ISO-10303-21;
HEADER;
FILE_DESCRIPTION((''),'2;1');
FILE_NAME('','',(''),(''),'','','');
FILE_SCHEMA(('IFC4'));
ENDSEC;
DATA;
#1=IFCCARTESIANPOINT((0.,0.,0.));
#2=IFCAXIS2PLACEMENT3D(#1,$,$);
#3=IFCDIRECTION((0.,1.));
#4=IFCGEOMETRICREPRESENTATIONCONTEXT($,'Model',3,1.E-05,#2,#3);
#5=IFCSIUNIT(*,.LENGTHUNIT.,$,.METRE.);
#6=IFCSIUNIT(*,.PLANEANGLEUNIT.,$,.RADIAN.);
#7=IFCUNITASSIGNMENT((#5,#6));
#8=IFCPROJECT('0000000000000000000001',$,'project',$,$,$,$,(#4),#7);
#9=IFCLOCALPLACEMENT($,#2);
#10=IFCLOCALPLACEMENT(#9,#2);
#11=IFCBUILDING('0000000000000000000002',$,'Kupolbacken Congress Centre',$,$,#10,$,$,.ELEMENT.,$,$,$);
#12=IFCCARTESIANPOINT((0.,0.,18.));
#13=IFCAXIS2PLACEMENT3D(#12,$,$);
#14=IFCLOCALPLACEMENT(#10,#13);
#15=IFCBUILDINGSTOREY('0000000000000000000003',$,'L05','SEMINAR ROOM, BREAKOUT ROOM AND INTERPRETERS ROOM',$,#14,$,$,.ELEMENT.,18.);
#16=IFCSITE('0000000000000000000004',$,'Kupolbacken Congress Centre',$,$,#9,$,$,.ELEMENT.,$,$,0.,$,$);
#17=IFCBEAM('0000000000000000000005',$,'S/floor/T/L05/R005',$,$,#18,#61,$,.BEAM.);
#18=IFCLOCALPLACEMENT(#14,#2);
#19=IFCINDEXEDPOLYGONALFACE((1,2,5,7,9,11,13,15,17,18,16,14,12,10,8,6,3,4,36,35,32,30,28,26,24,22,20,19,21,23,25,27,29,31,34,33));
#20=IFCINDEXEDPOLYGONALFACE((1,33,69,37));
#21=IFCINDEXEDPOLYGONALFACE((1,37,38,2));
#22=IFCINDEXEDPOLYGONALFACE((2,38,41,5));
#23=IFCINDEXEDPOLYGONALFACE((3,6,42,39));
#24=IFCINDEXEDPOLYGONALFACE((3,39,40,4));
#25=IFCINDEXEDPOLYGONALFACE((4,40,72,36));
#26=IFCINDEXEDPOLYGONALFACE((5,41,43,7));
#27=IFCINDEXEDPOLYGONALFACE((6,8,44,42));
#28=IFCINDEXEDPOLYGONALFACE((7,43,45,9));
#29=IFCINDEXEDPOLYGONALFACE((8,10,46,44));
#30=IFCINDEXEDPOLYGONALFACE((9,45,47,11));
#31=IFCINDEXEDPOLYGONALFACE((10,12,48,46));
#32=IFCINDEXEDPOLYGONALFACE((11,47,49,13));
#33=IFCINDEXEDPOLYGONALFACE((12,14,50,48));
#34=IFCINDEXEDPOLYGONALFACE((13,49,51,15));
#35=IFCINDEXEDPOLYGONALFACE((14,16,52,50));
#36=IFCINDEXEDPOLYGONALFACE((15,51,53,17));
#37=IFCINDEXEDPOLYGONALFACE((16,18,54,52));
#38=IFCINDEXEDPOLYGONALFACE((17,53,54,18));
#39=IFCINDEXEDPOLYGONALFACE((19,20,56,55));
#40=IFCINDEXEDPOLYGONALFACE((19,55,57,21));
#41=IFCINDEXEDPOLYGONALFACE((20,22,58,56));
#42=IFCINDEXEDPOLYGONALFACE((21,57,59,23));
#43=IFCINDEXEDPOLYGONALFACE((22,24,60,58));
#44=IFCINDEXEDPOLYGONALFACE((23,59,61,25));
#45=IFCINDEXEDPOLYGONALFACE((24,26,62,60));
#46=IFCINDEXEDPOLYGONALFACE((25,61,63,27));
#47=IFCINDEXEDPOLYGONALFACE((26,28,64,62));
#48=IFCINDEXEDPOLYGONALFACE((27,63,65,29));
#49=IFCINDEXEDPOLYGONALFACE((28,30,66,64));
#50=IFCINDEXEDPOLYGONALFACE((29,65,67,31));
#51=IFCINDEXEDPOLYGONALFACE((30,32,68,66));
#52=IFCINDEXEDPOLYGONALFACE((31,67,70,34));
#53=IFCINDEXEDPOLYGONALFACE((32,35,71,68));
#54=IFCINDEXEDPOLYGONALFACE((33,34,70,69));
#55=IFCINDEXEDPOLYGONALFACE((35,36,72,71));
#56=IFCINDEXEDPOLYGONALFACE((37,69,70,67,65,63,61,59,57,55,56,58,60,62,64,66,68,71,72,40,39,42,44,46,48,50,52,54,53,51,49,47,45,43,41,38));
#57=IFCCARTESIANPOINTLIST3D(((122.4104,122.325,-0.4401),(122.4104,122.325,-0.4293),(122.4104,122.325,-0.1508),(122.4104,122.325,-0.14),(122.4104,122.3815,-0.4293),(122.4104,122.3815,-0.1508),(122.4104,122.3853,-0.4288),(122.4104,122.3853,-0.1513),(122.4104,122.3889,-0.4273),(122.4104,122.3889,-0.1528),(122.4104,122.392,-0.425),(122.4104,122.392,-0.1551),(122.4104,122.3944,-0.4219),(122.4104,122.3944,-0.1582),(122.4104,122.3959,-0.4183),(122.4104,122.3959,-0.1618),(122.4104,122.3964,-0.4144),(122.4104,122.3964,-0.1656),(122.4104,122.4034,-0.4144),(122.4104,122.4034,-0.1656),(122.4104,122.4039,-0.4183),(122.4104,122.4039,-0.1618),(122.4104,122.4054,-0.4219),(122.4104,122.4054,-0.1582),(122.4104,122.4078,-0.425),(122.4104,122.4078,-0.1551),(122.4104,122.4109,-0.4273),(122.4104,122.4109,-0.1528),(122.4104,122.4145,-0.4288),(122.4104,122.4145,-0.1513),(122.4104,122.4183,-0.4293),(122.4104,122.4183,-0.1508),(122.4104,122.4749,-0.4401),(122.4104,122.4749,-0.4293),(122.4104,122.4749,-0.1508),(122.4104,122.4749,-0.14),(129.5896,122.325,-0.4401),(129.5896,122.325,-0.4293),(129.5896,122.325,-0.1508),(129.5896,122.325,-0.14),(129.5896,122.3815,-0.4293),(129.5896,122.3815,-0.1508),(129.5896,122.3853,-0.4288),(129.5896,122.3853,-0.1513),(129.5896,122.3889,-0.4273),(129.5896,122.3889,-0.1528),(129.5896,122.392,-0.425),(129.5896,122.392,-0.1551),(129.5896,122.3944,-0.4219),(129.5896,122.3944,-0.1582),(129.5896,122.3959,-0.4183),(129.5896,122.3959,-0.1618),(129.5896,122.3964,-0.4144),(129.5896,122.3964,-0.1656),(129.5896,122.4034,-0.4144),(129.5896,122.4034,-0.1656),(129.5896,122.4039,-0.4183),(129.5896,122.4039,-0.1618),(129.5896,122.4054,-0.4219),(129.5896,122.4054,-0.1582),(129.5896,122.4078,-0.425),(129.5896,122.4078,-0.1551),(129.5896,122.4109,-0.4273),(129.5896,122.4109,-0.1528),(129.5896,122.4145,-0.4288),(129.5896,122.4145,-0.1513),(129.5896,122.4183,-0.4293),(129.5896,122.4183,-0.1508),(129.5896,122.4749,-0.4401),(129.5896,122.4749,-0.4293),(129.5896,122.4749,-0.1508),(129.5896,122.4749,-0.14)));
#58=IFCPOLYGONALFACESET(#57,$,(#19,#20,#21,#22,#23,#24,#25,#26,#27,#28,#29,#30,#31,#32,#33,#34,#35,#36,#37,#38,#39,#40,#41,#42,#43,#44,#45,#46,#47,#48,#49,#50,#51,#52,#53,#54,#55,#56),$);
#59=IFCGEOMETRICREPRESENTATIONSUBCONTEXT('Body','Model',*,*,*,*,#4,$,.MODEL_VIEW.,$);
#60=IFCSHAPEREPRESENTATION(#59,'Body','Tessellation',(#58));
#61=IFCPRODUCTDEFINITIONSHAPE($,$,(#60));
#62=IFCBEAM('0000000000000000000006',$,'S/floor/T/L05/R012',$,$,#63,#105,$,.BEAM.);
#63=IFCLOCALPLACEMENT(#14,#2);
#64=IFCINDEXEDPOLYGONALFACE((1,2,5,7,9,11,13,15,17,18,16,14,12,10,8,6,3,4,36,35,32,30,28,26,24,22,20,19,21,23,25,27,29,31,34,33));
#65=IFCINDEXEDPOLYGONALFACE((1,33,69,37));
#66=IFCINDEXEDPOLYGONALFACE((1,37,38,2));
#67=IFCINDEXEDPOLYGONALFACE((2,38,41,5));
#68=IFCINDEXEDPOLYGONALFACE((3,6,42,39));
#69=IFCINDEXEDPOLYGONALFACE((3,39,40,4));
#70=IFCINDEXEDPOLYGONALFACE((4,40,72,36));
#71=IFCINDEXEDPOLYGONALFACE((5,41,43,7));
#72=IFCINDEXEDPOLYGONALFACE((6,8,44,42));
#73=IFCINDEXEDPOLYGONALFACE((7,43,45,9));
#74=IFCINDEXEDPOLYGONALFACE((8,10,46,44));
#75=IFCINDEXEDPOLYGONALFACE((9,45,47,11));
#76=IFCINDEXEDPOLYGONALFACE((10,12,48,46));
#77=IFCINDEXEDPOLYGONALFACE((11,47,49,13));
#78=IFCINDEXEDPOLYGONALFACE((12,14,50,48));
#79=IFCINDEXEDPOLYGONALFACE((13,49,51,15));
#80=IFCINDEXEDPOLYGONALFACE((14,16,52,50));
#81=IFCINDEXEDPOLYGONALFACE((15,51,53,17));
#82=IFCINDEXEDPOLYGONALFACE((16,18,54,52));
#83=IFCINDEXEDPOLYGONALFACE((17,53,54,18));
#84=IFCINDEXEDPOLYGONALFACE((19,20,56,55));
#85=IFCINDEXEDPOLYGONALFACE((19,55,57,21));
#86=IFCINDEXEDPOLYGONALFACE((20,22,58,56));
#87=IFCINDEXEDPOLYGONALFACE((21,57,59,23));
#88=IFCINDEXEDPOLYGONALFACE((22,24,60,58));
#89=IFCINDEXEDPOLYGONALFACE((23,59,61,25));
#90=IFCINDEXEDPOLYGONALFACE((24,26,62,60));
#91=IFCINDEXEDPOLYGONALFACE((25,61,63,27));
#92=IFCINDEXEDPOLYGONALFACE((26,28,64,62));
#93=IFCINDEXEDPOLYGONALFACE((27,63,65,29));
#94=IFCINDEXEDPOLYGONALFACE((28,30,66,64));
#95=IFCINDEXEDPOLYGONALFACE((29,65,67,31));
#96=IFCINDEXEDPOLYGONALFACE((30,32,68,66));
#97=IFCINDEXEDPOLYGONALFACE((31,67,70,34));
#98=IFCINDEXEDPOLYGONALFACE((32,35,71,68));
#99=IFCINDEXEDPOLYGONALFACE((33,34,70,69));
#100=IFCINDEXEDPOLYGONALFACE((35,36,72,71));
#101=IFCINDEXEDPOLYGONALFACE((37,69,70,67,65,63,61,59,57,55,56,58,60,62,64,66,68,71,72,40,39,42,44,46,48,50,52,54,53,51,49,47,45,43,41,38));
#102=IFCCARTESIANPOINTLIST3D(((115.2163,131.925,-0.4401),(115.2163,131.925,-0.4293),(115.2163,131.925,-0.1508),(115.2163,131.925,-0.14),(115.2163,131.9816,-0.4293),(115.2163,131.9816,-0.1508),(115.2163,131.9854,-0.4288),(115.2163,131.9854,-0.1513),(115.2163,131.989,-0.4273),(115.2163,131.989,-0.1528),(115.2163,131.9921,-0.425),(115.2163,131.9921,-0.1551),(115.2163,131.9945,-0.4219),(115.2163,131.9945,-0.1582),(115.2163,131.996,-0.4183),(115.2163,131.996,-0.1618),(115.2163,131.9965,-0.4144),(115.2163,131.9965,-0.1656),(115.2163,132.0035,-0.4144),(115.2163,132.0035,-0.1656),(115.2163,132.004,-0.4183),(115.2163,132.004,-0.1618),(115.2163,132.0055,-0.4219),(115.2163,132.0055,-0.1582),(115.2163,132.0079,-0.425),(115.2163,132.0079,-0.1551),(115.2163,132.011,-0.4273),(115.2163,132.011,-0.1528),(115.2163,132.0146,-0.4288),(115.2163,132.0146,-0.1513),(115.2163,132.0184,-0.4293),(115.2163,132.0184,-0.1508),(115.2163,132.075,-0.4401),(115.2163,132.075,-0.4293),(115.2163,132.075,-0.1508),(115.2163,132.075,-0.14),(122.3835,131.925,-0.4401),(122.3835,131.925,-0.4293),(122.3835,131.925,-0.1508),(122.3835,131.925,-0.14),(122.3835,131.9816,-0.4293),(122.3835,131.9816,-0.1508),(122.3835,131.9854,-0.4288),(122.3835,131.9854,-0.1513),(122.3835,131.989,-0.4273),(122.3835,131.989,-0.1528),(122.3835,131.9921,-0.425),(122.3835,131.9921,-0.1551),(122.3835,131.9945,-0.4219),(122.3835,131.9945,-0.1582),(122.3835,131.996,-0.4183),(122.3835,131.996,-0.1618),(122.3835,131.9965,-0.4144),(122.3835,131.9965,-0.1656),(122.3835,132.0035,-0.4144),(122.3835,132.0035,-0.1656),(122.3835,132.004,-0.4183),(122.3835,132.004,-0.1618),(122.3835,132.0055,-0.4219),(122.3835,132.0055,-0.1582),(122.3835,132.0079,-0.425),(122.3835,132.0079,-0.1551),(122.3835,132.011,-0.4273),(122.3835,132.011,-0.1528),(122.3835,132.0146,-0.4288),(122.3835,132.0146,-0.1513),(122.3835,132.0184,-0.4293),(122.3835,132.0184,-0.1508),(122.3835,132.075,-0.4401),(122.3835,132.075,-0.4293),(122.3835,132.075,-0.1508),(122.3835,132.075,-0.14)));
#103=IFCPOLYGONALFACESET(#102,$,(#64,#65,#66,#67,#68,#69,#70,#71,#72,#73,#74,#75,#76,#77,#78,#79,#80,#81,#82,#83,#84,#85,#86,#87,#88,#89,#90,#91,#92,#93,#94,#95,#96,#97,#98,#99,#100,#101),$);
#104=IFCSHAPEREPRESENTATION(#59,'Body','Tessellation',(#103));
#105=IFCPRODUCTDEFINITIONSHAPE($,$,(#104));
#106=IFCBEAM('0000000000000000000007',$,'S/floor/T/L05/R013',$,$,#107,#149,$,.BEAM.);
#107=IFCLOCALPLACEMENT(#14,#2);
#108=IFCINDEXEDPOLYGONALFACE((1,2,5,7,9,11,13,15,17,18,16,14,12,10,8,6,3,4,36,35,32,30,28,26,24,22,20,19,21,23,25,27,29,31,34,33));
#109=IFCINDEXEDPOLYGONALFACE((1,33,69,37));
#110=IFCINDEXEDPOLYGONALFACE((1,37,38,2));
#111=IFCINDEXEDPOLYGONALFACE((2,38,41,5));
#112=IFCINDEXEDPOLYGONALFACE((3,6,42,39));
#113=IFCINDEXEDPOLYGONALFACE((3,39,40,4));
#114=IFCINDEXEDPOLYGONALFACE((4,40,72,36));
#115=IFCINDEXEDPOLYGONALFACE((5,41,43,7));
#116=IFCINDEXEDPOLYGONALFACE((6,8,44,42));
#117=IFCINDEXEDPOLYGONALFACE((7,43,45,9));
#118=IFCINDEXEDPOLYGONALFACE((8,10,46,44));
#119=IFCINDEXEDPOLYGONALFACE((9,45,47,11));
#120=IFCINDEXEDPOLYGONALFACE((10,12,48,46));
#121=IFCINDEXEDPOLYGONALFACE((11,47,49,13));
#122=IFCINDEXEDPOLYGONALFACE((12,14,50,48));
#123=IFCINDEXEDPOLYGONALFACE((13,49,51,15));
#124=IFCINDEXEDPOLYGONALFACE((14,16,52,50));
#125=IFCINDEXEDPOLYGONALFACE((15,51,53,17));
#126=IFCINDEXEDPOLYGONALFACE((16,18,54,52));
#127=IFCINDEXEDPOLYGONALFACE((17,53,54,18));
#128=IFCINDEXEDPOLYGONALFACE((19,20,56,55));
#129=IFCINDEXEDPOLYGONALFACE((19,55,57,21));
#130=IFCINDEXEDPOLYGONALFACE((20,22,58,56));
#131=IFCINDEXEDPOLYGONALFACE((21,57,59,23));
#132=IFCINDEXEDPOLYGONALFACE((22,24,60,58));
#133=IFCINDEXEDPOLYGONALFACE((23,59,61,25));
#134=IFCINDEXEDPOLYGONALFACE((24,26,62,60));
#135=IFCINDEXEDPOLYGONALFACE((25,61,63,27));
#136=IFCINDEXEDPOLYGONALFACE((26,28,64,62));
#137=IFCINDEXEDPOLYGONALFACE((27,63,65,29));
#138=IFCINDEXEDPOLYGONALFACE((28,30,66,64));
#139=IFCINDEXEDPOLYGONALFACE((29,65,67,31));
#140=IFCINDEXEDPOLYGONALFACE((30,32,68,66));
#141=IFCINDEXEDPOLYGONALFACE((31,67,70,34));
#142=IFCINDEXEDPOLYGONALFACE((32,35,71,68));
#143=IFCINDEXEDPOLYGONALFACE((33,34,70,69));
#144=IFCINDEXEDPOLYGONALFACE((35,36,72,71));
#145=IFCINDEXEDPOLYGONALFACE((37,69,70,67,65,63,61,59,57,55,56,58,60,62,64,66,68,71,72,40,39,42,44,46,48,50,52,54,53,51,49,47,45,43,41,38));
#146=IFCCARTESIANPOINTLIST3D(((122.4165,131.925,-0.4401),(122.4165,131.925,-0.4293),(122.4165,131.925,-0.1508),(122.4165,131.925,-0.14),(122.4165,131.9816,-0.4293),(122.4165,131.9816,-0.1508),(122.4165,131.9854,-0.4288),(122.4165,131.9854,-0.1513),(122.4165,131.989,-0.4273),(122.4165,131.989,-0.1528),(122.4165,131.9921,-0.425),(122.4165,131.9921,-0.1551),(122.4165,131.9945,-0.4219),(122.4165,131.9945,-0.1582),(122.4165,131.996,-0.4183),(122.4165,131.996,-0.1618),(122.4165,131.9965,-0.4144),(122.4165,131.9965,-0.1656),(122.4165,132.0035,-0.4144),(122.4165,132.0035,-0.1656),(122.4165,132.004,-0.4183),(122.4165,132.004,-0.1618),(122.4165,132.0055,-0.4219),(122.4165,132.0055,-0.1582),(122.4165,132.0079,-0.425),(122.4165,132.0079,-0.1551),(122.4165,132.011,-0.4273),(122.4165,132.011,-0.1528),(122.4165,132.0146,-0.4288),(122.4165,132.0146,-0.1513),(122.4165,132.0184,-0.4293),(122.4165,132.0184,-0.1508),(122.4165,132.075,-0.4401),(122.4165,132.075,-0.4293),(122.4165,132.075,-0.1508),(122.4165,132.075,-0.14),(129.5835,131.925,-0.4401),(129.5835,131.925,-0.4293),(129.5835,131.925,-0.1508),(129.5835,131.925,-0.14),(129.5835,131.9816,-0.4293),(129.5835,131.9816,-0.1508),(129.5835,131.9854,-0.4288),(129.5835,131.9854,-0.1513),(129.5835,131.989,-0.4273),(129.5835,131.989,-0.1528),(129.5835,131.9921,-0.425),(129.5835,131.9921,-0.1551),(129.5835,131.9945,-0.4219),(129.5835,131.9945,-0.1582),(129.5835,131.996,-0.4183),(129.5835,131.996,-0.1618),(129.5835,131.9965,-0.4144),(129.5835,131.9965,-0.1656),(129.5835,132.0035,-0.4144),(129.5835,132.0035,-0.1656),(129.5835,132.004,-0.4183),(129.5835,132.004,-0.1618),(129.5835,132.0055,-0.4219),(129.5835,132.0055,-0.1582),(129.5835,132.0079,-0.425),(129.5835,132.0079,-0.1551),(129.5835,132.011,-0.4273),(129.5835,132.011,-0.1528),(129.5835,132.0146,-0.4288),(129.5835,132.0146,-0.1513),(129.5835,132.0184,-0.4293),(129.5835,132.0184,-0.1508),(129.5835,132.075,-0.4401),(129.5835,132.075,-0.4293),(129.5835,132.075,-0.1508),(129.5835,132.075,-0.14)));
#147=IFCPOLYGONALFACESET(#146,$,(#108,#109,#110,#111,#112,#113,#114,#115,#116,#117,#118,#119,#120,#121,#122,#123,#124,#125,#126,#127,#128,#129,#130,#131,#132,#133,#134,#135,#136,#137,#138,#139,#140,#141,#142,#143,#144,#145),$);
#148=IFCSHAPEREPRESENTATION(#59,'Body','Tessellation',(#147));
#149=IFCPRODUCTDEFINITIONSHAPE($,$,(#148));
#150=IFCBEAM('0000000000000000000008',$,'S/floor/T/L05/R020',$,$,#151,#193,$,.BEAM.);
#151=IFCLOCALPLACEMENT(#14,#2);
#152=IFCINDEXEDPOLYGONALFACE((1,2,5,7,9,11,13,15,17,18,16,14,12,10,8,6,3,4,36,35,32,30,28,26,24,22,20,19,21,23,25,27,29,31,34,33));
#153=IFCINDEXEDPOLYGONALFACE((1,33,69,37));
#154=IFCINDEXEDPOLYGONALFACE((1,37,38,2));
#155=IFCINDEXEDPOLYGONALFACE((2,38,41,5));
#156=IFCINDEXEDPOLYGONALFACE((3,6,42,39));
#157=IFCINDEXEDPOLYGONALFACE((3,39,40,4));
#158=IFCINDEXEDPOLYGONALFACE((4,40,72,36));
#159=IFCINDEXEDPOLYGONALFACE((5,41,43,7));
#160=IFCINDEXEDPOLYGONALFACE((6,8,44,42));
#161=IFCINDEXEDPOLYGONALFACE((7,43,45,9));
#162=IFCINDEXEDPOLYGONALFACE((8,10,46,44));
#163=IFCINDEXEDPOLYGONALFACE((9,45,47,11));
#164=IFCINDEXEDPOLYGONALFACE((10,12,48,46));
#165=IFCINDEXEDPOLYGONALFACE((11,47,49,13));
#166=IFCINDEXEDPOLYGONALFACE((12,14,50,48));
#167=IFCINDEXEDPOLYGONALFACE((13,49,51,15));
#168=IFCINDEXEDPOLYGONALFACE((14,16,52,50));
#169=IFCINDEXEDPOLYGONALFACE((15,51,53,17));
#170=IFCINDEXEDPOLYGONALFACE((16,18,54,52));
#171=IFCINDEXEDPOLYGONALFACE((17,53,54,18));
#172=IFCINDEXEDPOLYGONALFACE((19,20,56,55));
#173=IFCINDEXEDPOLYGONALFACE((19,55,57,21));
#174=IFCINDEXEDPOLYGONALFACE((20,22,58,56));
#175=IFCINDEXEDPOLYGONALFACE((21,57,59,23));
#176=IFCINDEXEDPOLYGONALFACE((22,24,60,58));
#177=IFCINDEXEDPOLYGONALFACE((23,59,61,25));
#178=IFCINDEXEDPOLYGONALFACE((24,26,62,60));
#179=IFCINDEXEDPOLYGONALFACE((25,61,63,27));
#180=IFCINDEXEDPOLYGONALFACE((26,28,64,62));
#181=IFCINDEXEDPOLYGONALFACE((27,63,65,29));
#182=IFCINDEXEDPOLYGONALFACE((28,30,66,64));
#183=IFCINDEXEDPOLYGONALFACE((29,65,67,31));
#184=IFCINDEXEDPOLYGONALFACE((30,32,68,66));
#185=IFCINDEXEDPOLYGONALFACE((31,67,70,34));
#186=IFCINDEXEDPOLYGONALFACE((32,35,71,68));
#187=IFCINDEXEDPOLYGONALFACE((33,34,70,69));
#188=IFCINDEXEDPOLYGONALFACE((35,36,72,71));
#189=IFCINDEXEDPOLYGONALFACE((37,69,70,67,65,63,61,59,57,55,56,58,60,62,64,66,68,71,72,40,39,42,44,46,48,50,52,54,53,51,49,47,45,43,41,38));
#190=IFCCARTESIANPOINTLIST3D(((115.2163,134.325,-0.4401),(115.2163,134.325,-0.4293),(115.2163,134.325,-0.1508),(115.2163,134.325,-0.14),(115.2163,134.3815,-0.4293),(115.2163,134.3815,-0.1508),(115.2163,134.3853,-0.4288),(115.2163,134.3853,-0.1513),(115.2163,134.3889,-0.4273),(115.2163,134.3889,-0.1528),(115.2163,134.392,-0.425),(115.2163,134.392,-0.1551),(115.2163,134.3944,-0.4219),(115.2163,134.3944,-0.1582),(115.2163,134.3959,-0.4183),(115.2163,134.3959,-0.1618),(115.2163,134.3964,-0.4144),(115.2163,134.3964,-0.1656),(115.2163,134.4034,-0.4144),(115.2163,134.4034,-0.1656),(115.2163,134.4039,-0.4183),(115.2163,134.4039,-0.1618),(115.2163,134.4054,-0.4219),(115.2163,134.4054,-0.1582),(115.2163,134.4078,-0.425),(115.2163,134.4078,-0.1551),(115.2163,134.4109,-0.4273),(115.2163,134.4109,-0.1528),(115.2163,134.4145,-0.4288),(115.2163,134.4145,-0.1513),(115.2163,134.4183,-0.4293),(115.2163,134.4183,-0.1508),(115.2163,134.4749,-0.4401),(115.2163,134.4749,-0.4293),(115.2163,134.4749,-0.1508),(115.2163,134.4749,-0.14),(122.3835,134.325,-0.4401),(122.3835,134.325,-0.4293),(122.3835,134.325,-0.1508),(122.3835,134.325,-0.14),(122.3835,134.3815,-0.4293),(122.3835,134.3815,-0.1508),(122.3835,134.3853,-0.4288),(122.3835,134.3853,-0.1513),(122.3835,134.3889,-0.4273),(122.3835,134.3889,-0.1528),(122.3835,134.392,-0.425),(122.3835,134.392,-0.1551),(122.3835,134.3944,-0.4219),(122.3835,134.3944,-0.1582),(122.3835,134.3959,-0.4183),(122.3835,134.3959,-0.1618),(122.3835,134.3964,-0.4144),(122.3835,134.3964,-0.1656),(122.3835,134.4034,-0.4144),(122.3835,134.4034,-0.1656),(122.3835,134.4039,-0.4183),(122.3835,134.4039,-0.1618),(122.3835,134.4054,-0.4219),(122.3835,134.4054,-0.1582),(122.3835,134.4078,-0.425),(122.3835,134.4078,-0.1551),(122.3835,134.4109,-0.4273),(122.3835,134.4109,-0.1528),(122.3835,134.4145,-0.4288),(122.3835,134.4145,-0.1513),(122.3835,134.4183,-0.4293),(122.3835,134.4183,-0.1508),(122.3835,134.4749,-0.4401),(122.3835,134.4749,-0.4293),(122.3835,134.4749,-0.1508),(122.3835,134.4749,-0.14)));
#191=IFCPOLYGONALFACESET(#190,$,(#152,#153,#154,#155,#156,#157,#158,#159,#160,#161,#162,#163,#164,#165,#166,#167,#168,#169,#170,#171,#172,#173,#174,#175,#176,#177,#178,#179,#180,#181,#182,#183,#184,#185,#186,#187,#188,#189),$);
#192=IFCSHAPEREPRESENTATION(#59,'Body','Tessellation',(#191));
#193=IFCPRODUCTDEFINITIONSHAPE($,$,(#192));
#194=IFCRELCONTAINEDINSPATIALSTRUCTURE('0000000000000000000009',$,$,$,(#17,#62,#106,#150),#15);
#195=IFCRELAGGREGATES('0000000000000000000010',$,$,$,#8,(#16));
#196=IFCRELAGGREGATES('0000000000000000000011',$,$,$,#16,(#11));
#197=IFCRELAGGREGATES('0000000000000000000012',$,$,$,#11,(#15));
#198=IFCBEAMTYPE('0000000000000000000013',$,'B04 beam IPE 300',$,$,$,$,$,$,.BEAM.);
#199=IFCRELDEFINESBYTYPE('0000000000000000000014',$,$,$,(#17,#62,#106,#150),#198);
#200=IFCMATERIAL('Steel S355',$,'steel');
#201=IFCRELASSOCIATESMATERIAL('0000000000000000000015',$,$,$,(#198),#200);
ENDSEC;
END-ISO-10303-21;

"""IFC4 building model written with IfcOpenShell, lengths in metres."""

from ifc_helpers import new_model, si_unit, direction, frame, origin, origin_2d, place, context, subcontext, project, spatial, i_section, extrude, material, material_profile, profile_set, type_object, element, save


model = new_model("IFC4")

# Units and contexts
model_context = context("Model", 3, precision=1e-05, world=origin(), true_north=direction((0.0, 1.0)))
body_context = subcontext(model_context, "Body", "Model", "MODEL_VIEW")
ifc_project = project(units=[si_unit("LENGTHUNIT", "METRE"), si_unit("PLANEANGLEUNIT", "RADIAN")], contexts=[model_context])

# Site, building, storey
site_placement = place(None, origin())
site = spatial("IfcSite", under=ifc_project, at=site_placement, Name="Kupolbacken Congress Centre", CompositionType="ELEMENT", RefElevation=0.0)
building_placement = place(site_placement, origin())
building = spatial("IfcBuilding", under=site, at=building_placement, Name="Kupolbacken Congress Centre", CompositionType="ELEMENT")
storey_placement = place(building_placement, frame((0.0, 0.0, 18.0)))
storey = spatial("IfcBuildingStorey", under=building, at=storey_placement, Name="L05", Description="SEMINAR ROOM, BREAKOUT ROOM AND INTERPRETERS ROOM", CompositionType="ELEMENT", Elevation=18.0)

# Beams
ifc_material_1 = material(Name="Steel S355", Category="steel")
ifc_material_profile_1 = material_profile(ifc_material_1, i_section(OverallWidth=0.1499, OverallDepth=0.3, WebThickness=0.0071, FlangeThickness=0.0107, FilletRadius=0.0149, at=origin_2d()), Name="IPE 300")
ifc_profile_set_1 = profile_set([ifc_material_profile_1], Name="Steel S355")
beam_type_1 = type_object("IfcBeamType", Name="B04 beam IPE 300", PredefinedType="BEAM", material=ifc_profile_set_1)
beam_1_placement = place(storey_placement, frame((122.4104, 122.3999, -0.29), z_axis=(1.0, 0.0, 0.0), x_axis=(0.0, 1.0, 0.0)))
element("IfcBeam", 1, at=beam_1_placement, inside=storey, type_object=beam_type_1, Name="S/floor/T/L05/R005", PredefinedType="BEAM", context=body_context, shape_type="SweptSolid", body=[
    extrude(i_section(OverallWidth=0.1499, OverallDepth=0.3, WebThickness=0.0071, FlangeThickness=0.0107, FilletRadius=0.0149, at=origin_2d()), origin(), (0.0, 0.0, 1.0), 7.1792),
])
beam_2_placement = place(storey_placement, frame((115.2163, 132.0, -0.29), z_axis=(1.0, 0.0, 0.0), x_axis=(0.0, 1.0, 0.0)))
element("IfcBeam", 2, at=beam_2_placement, inside=storey, type_object=beam_type_1, Name="S/floor/T/L05/R012", PredefinedType="BEAM", context=body_context, shape_type="SweptSolid", body=[
    extrude(i_section(OverallWidth=0.1499, OverallDepth=0.3, WebThickness=0.0071, FlangeThickness=0.0107, FilletRadius=0.0149, at=origin_2d()), origin(), (0.0, 0.0, 1.0), 7.1672),
])
beam_3_placement = place(storey_placement, frame((122.4165, 132.0, -0.29), z_axis=(1.0, 0.0, 0.0), x_axis=(0.0, 1.0, 0.0)))
element("IfcBeam", 3, at=beam_3_placement, inside=storey, type_object=beam_type_1, Name="S/floor/T/L05/R013", PredefinedType="BEAM", context=body_context, shape_type="SweptSolid", body=[
    extrude(i_section(OverallWidth=0.1499, OverallDepth=0.3, WebThickness=0.0071, FlangeThickness=0.0107, FilletRadius=0.0149, at=origin_2d()), origin(), (0.0, 0.0, 1.0), 7.167),
])
beam_4_placement = place(storey_placement, frame((115.2163, 134.3999, -0.29), z_axis=(1.0, 0.0, 0.0), x_axis=(0.0, 1.0, 0.0)))
element("IfcBeam", 4, at=beam_4_placement, inside=storey, type_object=beam_type_1, Name="S/floor/T/L05/R020", PredefinedType="BEAM", context=body_context, shape_type="SweptSolid", body=[
    extrude(i_section(OverallWidth=0.1499, OverallDepth=0.3, WebThickness=0.0071, FlangeThickness=0.0107, FilletRadius=0.0149, at=origin_2d()), origin(), (0.0, 0.0, 1.0), 7.1672),
])

save(model, "model.ifc")
